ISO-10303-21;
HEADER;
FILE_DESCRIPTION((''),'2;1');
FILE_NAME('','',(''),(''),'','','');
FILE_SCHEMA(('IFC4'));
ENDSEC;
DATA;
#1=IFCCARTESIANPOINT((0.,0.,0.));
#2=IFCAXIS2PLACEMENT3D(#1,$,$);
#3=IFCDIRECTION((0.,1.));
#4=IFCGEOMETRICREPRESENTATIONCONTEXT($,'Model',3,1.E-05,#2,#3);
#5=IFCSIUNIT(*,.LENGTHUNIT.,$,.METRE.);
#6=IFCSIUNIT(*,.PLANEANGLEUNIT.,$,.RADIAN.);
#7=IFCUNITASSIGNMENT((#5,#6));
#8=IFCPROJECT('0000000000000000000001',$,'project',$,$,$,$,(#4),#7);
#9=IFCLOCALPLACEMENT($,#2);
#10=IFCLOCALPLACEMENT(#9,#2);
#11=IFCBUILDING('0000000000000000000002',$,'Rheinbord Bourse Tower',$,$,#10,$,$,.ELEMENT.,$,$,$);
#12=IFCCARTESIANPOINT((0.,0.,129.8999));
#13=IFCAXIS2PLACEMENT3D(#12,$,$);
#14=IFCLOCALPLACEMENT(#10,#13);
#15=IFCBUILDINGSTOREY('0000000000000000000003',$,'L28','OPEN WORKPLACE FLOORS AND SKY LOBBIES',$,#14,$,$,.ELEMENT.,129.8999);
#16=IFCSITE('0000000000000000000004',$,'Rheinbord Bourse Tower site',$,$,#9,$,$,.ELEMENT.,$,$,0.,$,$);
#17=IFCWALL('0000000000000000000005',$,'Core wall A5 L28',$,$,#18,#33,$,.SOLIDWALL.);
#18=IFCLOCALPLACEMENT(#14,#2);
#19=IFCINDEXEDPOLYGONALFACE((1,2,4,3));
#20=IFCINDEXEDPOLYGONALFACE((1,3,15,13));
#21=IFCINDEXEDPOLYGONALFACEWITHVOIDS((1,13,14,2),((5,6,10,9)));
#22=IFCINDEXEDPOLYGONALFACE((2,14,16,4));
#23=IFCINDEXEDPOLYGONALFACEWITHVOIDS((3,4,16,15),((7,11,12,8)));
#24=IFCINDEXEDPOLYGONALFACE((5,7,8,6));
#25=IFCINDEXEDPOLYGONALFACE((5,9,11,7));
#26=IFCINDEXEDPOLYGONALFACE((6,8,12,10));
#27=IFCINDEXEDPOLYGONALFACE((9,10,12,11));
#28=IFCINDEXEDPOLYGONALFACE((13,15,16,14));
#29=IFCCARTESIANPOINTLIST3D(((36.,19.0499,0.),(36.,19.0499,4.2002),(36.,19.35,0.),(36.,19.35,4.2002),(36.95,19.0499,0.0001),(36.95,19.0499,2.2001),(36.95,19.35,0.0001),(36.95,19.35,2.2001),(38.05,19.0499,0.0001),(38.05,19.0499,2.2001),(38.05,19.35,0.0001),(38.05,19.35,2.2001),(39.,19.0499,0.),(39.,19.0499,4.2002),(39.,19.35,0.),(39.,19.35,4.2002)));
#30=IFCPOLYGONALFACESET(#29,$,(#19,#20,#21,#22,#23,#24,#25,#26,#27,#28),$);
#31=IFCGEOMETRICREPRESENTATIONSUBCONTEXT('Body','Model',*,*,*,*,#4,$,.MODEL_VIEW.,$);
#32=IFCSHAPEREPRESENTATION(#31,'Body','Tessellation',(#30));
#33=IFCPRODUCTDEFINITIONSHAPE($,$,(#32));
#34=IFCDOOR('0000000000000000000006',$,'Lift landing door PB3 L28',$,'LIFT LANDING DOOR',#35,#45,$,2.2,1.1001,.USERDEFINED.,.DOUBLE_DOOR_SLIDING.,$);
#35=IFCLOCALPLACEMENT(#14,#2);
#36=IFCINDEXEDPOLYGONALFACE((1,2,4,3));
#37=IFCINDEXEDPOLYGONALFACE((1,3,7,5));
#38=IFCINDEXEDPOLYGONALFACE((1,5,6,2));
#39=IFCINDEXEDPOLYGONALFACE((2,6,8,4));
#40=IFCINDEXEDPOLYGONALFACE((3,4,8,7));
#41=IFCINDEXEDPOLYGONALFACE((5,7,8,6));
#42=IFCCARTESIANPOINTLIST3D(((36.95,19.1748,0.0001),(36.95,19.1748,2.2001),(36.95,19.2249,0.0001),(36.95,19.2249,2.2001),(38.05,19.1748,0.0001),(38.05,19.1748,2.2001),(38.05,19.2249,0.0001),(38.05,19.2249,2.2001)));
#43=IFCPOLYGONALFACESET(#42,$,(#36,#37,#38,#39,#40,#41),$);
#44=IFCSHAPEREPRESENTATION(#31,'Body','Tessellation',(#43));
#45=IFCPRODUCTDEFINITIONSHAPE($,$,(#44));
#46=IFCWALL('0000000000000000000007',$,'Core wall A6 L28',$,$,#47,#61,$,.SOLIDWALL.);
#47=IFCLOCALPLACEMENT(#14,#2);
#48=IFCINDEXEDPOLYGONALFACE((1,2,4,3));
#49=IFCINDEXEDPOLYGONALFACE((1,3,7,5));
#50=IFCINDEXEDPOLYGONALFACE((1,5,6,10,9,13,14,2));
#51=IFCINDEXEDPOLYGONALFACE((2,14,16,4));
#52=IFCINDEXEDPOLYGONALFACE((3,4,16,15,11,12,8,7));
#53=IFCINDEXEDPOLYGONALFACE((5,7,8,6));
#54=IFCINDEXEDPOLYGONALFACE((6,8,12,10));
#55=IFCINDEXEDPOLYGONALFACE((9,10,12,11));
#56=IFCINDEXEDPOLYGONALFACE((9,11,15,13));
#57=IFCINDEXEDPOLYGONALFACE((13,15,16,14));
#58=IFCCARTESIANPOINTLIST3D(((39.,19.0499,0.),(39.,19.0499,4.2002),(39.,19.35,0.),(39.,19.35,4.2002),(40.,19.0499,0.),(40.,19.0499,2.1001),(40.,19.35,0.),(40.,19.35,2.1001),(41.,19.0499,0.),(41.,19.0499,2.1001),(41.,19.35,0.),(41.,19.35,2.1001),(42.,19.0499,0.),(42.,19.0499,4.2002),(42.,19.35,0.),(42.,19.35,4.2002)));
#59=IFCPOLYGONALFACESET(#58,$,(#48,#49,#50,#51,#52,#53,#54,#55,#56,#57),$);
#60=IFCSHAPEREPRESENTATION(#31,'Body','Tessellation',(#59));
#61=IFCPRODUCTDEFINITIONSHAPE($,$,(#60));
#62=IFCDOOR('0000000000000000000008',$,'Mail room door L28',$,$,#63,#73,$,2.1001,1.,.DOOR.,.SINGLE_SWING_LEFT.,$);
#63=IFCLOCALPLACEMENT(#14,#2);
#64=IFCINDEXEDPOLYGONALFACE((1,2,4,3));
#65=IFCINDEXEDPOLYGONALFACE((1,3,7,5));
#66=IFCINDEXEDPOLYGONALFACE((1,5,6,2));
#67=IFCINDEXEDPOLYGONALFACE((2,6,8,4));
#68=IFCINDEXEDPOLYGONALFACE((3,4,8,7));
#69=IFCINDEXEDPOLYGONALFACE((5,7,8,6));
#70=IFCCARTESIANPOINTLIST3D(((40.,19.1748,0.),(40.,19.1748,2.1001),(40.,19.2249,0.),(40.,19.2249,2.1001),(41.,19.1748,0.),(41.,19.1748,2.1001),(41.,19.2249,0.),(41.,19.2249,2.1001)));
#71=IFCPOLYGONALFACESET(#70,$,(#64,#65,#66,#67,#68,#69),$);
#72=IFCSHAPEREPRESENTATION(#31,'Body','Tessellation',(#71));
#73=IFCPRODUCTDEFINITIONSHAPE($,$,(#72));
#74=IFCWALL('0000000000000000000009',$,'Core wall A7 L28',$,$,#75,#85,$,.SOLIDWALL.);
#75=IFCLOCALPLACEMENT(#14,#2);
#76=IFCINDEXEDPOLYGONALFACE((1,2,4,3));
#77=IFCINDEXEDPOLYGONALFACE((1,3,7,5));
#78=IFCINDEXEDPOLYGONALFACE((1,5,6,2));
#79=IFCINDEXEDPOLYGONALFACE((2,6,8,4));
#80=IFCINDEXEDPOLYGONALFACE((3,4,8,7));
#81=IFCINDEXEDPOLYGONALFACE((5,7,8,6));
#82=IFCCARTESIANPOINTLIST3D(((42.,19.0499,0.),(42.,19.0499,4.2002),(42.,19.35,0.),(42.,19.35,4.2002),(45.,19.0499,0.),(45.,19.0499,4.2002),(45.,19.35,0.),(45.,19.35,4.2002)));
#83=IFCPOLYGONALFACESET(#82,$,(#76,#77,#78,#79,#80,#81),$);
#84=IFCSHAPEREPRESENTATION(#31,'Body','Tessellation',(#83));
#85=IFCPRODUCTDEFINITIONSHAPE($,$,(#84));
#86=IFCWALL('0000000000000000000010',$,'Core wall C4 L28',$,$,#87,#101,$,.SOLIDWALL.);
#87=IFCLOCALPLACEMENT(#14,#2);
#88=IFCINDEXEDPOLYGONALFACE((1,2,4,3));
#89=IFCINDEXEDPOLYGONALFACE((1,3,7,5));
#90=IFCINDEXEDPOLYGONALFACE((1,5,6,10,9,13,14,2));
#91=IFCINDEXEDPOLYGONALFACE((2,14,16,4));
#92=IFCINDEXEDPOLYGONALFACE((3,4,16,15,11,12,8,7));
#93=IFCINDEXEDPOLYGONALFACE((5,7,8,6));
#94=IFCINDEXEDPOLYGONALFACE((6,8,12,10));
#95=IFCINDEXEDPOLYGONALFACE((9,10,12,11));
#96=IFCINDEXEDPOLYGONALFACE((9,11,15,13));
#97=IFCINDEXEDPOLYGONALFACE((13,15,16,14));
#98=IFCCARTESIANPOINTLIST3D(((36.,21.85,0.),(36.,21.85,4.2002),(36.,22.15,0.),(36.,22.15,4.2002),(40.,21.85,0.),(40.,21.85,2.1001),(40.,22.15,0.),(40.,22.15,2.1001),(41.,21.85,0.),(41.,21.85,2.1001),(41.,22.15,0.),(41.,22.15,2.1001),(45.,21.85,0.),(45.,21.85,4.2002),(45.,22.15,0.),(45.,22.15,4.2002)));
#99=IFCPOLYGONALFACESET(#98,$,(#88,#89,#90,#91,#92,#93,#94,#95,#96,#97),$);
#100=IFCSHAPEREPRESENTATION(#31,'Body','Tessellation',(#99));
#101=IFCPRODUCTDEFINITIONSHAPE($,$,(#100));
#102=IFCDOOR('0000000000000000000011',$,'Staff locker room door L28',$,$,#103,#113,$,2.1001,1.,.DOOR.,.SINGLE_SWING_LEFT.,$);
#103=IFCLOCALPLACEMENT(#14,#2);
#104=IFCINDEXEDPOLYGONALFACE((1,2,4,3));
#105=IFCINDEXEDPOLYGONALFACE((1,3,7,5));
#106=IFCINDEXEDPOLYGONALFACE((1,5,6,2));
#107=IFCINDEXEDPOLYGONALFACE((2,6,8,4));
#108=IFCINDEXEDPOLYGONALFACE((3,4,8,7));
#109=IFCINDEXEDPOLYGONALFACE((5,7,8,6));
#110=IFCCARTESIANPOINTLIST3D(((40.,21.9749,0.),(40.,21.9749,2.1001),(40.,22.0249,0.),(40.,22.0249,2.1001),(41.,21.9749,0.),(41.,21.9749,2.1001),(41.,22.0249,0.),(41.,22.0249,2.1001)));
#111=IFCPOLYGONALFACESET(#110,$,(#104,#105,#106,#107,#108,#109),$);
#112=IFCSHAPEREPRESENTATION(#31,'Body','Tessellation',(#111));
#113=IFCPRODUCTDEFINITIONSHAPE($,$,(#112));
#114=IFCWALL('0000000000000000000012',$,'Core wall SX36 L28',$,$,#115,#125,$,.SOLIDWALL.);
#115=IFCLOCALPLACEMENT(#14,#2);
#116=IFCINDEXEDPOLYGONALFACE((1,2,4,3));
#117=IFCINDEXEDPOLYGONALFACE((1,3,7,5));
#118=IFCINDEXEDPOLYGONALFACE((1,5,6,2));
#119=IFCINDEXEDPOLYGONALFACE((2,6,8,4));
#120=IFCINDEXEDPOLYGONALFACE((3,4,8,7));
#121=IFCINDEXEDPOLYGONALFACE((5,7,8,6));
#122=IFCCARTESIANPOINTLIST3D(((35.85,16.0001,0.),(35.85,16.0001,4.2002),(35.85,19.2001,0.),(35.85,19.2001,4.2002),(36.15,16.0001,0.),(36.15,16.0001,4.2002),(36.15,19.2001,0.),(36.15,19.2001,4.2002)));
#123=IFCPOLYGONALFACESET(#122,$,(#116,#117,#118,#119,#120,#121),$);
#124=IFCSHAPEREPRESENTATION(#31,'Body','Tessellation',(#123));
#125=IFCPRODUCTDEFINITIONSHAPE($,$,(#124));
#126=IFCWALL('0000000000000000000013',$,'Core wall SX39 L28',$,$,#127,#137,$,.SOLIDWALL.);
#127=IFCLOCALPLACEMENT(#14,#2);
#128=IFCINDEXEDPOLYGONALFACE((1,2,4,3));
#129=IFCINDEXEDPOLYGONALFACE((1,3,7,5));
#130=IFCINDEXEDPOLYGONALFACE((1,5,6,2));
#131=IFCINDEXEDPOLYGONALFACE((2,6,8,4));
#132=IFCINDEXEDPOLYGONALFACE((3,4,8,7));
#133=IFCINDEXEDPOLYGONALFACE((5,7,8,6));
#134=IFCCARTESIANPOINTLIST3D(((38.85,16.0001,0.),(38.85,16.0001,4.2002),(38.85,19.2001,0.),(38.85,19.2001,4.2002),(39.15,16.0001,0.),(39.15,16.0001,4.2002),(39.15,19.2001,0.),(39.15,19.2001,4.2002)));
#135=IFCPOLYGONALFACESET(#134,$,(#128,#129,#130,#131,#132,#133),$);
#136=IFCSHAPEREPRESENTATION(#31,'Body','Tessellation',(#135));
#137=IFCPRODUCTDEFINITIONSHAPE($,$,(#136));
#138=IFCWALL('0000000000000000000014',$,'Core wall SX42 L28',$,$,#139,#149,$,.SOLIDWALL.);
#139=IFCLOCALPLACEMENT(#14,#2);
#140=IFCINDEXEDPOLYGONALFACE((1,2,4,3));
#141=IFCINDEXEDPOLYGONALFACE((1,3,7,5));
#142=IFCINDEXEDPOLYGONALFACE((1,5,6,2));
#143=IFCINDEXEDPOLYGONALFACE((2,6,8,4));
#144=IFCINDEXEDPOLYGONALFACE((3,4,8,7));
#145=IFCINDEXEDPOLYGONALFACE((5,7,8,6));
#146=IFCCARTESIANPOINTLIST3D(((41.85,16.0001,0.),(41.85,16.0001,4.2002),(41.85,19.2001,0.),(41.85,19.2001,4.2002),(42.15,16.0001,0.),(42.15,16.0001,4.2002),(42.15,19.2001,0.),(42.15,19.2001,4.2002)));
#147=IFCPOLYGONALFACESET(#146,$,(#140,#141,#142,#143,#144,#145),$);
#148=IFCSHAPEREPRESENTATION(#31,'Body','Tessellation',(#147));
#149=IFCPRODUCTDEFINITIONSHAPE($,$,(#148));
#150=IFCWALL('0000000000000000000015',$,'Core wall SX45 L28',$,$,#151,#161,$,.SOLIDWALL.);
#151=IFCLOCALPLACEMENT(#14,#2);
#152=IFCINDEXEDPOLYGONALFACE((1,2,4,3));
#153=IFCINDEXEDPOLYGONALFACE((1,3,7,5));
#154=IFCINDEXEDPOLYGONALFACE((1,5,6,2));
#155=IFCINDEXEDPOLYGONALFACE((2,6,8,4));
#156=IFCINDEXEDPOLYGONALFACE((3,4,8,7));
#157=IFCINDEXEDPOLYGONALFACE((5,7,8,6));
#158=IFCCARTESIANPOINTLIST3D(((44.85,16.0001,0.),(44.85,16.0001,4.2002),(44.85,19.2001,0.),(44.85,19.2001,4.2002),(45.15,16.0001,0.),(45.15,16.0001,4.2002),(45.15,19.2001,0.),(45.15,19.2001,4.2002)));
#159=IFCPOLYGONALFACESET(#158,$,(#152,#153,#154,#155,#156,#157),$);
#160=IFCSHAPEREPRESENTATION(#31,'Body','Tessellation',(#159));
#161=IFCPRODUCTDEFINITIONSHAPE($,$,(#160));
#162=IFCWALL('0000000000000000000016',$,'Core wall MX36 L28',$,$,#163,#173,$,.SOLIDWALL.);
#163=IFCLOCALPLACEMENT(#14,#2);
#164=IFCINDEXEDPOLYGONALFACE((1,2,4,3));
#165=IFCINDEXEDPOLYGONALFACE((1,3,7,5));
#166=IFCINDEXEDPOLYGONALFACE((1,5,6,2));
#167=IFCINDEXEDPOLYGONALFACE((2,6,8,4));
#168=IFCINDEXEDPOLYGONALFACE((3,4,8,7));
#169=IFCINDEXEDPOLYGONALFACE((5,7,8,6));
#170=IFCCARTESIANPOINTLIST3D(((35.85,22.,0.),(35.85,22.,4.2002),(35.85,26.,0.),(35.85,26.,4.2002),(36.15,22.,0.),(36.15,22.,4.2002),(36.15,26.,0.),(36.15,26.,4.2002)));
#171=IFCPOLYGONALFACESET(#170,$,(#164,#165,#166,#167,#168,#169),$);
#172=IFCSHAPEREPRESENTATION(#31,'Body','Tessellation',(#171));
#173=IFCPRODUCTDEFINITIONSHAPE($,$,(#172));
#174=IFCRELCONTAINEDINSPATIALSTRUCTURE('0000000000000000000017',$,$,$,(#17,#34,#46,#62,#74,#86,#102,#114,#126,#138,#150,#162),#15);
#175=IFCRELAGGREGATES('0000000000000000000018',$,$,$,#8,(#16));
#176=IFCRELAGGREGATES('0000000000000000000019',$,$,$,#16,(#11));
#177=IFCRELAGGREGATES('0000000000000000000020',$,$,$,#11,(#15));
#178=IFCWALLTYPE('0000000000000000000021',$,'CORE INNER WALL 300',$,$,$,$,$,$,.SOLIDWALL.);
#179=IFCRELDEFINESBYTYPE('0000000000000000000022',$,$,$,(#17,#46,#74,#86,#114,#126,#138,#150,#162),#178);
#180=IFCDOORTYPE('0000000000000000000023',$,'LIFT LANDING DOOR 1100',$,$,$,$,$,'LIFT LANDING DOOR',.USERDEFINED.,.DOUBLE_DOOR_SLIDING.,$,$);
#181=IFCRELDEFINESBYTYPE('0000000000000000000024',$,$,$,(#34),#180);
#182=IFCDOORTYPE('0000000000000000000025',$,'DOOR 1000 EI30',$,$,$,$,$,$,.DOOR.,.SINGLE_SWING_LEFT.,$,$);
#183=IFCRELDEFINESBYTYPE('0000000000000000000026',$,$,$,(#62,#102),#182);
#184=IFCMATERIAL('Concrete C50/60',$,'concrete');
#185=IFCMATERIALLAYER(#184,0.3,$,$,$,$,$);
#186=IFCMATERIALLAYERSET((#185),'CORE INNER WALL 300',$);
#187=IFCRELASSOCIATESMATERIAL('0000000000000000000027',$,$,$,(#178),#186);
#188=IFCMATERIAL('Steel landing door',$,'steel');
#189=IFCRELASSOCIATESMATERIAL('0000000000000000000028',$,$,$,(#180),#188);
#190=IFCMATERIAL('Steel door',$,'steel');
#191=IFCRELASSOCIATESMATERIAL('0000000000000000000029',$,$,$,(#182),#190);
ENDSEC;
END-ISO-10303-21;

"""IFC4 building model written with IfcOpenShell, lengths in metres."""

from ifc_helpers import new_model, si_unit, direction, frame, frame_2d, origin, place, context, subcontext, project, spatial, rectangle, extrude, material, layer, layer_set, type_object, element, fill, save


model = new_model("IFC4")

# Units and contexts
model_context = context("Model", 3, precision=1e-05, world=origin(), true_north=direction((0.0, 1.0)))
body_context = subcontext(model_context, "Body", "Model", "MODEL_VIEW")
ifc_project = project(units=[si_unit("LENGTHUNIT", "METRE"), si_unit("PLANEANGLEUNIT", "RADIAN")], contexts=[model_context])

# Site, building, storey
site_placement = place(None, origin())
site = spatial("IfcSite", under=ifc_project, at=site_placement, Name="Rheinbord Bourse Tower site", CompositionType="ELEMENT", RefElevation=0.0)
building_placement = place(site_placement, origin())
building = spatial("IfcBuilding", under=site, at=building_placement, Name="Rheinbord Bourse Tower", CompositionType="ELEMENT")
storey_placement = place(building_placement, frame((0.0, 0.0, 129.8999)))
storey = spatial("IfcBuildingStorey", under=building, at=storey_placement, Name="L28", Description="OPEN WORKPLACE FLOORS AND SKY LOBBIES", CompositionType="ELEMENT", Elevation=129.8999)

# Walls, openings, doors
ifc_material_1 = material(Name="Concrete C50/60", Category="concrete")
ifc_layer_1 = layer(ifc_material_1, 0.3)
ifc_layer_set_1 = layer_set([ifc_layer_1], Name="CORE INNER WALL 300")
wall_type_1 = type_object("IfcWallType", Name="CORE INNER WALL 300", PredefinedType="SOLIDWALL", material=ifc_layer_set_1)
wall_1_placement = place(storey_placement, frame((36.0, 19.2, 0.0), z_axis=(0.0, 0.0, 1.0), x_axis=(1.0, 0.0, 0.0)))
wall_1 = element("IfcWall", 1, at=wall_1_placement, inside=storey, type_object=wall_type_1, Name="Core wall A5 L28", PredefinedType="SOLIDWALL", context=body_context, shape_type="SweptSolid", body=[
    extrude(rectangle(XDim=3.0, YDim=0.3, at=frame_2d((1.5, 0.0))), origin(), (0.0, 0.0, 1.0), 4.2002),
])
opening_1_placement = place(wall_1_placement, frame((0.95, 0.0, 0.0)))
opening_1 = element("IfcOpeningElement", 2, at=opening_1_placement, cuts=wall_1, PredefinedType="OPENING", context=body_context, shape_type="SweptSolid", body=[
    extrude(rectangle(XDim=1.1001, YDim=2.2, at=frame_2d((0.55, 1.1001))), frame((0.0, 0.1599, 0.0), z_axis=(0.0, -1.0, 0.0), x_axis=(1.0, 0.0, 0.0)), (0.0, 0.0, 1.0), 0.3201),
])
ifc_material_2 = material(Name="Steel landing door", Category="steel")
door_type_1 = type_object("IfcDoorType", Name="LIFT LANDING DOOR 1100", ElementType="LIFT LANDING DOOR", OperationType="DOUBLE_DOOR_SLIDING", PredefinedType="USERDEFINED", material=ifc_material_2)
door_1_placement = place(opening_1_placement, origin())
door_1 = element("IfcDoor", 3, at=door_1_placement, inside=storey, type_object=door_type_1, Name="Lift landing door PB3 L28", ObjectType="LIFT LANDING DOOR", OperationType="DOUBLE_DOOR_SLIDING", OverallHeight=2.2, OverallWidth=1.1001, PredefinedType="USERDEFINED", context=body_context, shape_type="SweptSolid", body=[
    extrude(rectangle(XDim=1.1001, YDim=2.2, at=frame_2d((0.55, 1.1001))), frame((0.0, 0.0249, 0.0), z_axis=(0.0, -1.0, 0.0), x_axis=(1.0, 0.0, 0.0)), (0.0, 0.0, 1.0), 0.05),
])
fill(opening_1, door_1)
wall_2_placement = place(storey_placement, frame((39.0, 19.2, 0.0), z_axis=(0.0, 0.0, 1.0), x_axis=(1.0, 0.0, 0.0)))
wall_2 = element("IfcWall", 4, at=wall_2_placement, inside=storey, type_object=wall_type_1, Name="Core wall A6 L28", PredefinedType="SOLIDWALL", context=body_context, shape_type="SweptSolid", body=[
    extrude(rectangle(XDim=3.0, YDim=0.3, at=frame_2d((1.5, 0.0))), origin(), (0.0, 0.0, 1.0), 4.2002),
])
opening_2_placement = place(wall_2_placement, frame((1.0, 0.0, 0.0)))
opening_2 = element("IfcOpeningElement", 5, at=opening_2_placement, cuts=wall_2, PredefinedType="OPENING", context=body_context, shape_type="SweptSolid", body=[
    extrude(rectangle(XDim=1.0, YDim=2.1001, at=frame_2d((0.5, 1.05))), frame((0.0, 0.1599, 0.0), z_axis=(0.0, -1.0, 0.0), x_axis=(1.0, 0.0, 0.0)), (0.0, 0.0, 1.0), 0.3201),
])
ifc_material_3 = material(Name="Steel door", Category="steel")
door_type_2 = type_object("IfcDoorType", Name="DOOR 1000 EI30", OperationType="SINGLE_SWING_LEFT", PredefinedType="DOOR", material=ifc_material_3)
door_2_placement = place(opening_2_placement, origin())
door_2 = element("IfcDoor", 6, at=door_2_placement, inside=storey, type_object=door_type_2, Name="Mail room door L28", OperationType="SINGLE_SWING_LEFT", OverallHeight=2.1001, OverallWidth=1.0, PredefinedType="DOOR", context=body_context, shape_type="SweptSolid", body=[
    extrude(rectangle(XDim=1.0, YDim=2.1001, at=frame_2d((0.5, 1.05))), frame((0.0, 0.0249, 0.0), z_axis=(0.0, -1.0, 0.0), x_axis=(1.0, 0.0, 0.0)), (0.0, 0.0, 1.0), 0.05),
])
fill(opening_2, door_2)

# Wall
wall_3_placement = place(storey_placement, frame((42.0, 19.2, 0.0), z_axis=(0.0, 0.0, 1.0), x_axis=(1.0, 0.0, 0.0)))
element("IfcWall", 7, at=wall_3_placement, inside=storey, type_object=wall_type_1, Name="Core wall A7 L28", PredefinedType="SOLIDWALL", context=body_context, shape_type="SweptSolid", body=[
    extrude(rectangle(XDim=3.0, YDim=0.3, at=frame_2d((1.5, 0.0))), origin(), (0.0, 0.0, 1.0), 4.2002),
])

# Wall, opening, door
wall_4_placement = place(storey_placement, frame((36.0, 22.0, 0.0), z_axis=(0.0, 0.0, 1.0), x_axis=(1.0, 0.0, 0.0)))
wall_4 = element("IfcWall", 8, at=wall_4_placement, inside=storey, type_object=wall_type_1, Name="Core wall C4 L28", PredefinedType="SOLIDWALL", context=body_context, shape_type="SweptSolid", body=[
    extrude(rectangle(XDim=9.0, YDim=0.3, at=frame_2d((4.5, 0.0))), origin(), (0.0, 0.0, 1.0), 4.2002),
])
opening_3_placement = place(wall_4_placement, frame((4.0, 0.0, 0.0)))
opening_3 = element("IfcOpeningElement", 9, at=opening_3_placement, cuts=wall_4, PredefinedType="OPENING", context=body_context, shape_type="SweptSolid", body=[
    extrude(rectangle(XDim=1.0, YDim=2.1001, at=frame_2d((0.5, 1.05))), frame((0.0, 0.1599, 0.0), z_axis=(0.0, -1.0, 0.0), x_axis=(1.0, 0.0, 0.0)), (0.0, 0.0, 1.0), 0.3201),
])
door_3_placement = place(opening_3_placement, origin())
door_3 = element("IfcDoor", 10, at=door_3_placement, inside=storey, type_object=door_type_2, Name="Staff locker room door L28", OperationType="SINGLE_SWING_LEFT", OverallHeight=2.1001, OverallWidth=1.0, PredefinedType="DOOR", context=body_context, shape_type="SweptSolid", body=[
    extrude(rectangle(XDim=1.0, YDim=2.1001, at=frame_2d((0.5, 1.05))), frame((0.0, 0.0249, 0.0), z_axis=(0.0, -1.0, 0.0), x_axis=(1.0, 0.0, 0.0)), (0.0, 0.0, 1.0), 0.05),
])
fill(opening_3, door_3)

# Walls
for number, where, z_axis, x_axis, name in (
    (11, (36.0, 16.0, 0.0), (0.0, 0.0, 1.0), (0.0, 1.0, 0.0), "Core wall SX36 L28"),
    (12, (39.0, 16.0, 0.0), (0.0, 0.0, 1.0), (0.0, 1.0, 0.0), "Core wall SX39 L28"),
    (13, (42.0, 16.0, 0.0), (0.0, 0.0, 1.0), (0.0, 1.0, 0.0), "Core wall SX42 L28"),
    (14, (45.0, 16.0, 0.0), (0.0, 0.0, 1.0), (0.0, 1.0, 0.0), "Core wall SX45 L28"),
):
    element("IfcWall", number, at=place(storey_placement, frame(where, z_axis=z_axis, x_axis=x_axis)), inside=storey, type_object=wall_type_1, Name=name, PredefinedType="SOLIDWALL", context=body_context, shape_type="SweptSolid", body=[
        extrude(rectangle(XDim=3.2, YDim=0.3, at=frame_2d((1.6001, 0.0))), origin(), (0.0, 0.0, 1.0), 4.2002),
    ])
wall_5_placement = place(storey_placement, frame((36.0, 22.0, 0.0), z_axis=(0.0, 0.0, 1.0), x_axis=(0.0, 1.0, 0.0)))
element("IfcWall", 15, at=wall_5_placement, inside=storey, type_object=wall_type_1, Name="Core wall MX36 L28", PredefinedType="SOLIDWALL", context=body_context, shape_type="SweptSolid", body=[
    extrude(rectangle(XDim=4.0, YDim=0.3, at=frame_2d((2.0, 0.0))), origin(), (0.0, 0.0, 1.0), 4.2002),
])

save(model, "model.ifc")
